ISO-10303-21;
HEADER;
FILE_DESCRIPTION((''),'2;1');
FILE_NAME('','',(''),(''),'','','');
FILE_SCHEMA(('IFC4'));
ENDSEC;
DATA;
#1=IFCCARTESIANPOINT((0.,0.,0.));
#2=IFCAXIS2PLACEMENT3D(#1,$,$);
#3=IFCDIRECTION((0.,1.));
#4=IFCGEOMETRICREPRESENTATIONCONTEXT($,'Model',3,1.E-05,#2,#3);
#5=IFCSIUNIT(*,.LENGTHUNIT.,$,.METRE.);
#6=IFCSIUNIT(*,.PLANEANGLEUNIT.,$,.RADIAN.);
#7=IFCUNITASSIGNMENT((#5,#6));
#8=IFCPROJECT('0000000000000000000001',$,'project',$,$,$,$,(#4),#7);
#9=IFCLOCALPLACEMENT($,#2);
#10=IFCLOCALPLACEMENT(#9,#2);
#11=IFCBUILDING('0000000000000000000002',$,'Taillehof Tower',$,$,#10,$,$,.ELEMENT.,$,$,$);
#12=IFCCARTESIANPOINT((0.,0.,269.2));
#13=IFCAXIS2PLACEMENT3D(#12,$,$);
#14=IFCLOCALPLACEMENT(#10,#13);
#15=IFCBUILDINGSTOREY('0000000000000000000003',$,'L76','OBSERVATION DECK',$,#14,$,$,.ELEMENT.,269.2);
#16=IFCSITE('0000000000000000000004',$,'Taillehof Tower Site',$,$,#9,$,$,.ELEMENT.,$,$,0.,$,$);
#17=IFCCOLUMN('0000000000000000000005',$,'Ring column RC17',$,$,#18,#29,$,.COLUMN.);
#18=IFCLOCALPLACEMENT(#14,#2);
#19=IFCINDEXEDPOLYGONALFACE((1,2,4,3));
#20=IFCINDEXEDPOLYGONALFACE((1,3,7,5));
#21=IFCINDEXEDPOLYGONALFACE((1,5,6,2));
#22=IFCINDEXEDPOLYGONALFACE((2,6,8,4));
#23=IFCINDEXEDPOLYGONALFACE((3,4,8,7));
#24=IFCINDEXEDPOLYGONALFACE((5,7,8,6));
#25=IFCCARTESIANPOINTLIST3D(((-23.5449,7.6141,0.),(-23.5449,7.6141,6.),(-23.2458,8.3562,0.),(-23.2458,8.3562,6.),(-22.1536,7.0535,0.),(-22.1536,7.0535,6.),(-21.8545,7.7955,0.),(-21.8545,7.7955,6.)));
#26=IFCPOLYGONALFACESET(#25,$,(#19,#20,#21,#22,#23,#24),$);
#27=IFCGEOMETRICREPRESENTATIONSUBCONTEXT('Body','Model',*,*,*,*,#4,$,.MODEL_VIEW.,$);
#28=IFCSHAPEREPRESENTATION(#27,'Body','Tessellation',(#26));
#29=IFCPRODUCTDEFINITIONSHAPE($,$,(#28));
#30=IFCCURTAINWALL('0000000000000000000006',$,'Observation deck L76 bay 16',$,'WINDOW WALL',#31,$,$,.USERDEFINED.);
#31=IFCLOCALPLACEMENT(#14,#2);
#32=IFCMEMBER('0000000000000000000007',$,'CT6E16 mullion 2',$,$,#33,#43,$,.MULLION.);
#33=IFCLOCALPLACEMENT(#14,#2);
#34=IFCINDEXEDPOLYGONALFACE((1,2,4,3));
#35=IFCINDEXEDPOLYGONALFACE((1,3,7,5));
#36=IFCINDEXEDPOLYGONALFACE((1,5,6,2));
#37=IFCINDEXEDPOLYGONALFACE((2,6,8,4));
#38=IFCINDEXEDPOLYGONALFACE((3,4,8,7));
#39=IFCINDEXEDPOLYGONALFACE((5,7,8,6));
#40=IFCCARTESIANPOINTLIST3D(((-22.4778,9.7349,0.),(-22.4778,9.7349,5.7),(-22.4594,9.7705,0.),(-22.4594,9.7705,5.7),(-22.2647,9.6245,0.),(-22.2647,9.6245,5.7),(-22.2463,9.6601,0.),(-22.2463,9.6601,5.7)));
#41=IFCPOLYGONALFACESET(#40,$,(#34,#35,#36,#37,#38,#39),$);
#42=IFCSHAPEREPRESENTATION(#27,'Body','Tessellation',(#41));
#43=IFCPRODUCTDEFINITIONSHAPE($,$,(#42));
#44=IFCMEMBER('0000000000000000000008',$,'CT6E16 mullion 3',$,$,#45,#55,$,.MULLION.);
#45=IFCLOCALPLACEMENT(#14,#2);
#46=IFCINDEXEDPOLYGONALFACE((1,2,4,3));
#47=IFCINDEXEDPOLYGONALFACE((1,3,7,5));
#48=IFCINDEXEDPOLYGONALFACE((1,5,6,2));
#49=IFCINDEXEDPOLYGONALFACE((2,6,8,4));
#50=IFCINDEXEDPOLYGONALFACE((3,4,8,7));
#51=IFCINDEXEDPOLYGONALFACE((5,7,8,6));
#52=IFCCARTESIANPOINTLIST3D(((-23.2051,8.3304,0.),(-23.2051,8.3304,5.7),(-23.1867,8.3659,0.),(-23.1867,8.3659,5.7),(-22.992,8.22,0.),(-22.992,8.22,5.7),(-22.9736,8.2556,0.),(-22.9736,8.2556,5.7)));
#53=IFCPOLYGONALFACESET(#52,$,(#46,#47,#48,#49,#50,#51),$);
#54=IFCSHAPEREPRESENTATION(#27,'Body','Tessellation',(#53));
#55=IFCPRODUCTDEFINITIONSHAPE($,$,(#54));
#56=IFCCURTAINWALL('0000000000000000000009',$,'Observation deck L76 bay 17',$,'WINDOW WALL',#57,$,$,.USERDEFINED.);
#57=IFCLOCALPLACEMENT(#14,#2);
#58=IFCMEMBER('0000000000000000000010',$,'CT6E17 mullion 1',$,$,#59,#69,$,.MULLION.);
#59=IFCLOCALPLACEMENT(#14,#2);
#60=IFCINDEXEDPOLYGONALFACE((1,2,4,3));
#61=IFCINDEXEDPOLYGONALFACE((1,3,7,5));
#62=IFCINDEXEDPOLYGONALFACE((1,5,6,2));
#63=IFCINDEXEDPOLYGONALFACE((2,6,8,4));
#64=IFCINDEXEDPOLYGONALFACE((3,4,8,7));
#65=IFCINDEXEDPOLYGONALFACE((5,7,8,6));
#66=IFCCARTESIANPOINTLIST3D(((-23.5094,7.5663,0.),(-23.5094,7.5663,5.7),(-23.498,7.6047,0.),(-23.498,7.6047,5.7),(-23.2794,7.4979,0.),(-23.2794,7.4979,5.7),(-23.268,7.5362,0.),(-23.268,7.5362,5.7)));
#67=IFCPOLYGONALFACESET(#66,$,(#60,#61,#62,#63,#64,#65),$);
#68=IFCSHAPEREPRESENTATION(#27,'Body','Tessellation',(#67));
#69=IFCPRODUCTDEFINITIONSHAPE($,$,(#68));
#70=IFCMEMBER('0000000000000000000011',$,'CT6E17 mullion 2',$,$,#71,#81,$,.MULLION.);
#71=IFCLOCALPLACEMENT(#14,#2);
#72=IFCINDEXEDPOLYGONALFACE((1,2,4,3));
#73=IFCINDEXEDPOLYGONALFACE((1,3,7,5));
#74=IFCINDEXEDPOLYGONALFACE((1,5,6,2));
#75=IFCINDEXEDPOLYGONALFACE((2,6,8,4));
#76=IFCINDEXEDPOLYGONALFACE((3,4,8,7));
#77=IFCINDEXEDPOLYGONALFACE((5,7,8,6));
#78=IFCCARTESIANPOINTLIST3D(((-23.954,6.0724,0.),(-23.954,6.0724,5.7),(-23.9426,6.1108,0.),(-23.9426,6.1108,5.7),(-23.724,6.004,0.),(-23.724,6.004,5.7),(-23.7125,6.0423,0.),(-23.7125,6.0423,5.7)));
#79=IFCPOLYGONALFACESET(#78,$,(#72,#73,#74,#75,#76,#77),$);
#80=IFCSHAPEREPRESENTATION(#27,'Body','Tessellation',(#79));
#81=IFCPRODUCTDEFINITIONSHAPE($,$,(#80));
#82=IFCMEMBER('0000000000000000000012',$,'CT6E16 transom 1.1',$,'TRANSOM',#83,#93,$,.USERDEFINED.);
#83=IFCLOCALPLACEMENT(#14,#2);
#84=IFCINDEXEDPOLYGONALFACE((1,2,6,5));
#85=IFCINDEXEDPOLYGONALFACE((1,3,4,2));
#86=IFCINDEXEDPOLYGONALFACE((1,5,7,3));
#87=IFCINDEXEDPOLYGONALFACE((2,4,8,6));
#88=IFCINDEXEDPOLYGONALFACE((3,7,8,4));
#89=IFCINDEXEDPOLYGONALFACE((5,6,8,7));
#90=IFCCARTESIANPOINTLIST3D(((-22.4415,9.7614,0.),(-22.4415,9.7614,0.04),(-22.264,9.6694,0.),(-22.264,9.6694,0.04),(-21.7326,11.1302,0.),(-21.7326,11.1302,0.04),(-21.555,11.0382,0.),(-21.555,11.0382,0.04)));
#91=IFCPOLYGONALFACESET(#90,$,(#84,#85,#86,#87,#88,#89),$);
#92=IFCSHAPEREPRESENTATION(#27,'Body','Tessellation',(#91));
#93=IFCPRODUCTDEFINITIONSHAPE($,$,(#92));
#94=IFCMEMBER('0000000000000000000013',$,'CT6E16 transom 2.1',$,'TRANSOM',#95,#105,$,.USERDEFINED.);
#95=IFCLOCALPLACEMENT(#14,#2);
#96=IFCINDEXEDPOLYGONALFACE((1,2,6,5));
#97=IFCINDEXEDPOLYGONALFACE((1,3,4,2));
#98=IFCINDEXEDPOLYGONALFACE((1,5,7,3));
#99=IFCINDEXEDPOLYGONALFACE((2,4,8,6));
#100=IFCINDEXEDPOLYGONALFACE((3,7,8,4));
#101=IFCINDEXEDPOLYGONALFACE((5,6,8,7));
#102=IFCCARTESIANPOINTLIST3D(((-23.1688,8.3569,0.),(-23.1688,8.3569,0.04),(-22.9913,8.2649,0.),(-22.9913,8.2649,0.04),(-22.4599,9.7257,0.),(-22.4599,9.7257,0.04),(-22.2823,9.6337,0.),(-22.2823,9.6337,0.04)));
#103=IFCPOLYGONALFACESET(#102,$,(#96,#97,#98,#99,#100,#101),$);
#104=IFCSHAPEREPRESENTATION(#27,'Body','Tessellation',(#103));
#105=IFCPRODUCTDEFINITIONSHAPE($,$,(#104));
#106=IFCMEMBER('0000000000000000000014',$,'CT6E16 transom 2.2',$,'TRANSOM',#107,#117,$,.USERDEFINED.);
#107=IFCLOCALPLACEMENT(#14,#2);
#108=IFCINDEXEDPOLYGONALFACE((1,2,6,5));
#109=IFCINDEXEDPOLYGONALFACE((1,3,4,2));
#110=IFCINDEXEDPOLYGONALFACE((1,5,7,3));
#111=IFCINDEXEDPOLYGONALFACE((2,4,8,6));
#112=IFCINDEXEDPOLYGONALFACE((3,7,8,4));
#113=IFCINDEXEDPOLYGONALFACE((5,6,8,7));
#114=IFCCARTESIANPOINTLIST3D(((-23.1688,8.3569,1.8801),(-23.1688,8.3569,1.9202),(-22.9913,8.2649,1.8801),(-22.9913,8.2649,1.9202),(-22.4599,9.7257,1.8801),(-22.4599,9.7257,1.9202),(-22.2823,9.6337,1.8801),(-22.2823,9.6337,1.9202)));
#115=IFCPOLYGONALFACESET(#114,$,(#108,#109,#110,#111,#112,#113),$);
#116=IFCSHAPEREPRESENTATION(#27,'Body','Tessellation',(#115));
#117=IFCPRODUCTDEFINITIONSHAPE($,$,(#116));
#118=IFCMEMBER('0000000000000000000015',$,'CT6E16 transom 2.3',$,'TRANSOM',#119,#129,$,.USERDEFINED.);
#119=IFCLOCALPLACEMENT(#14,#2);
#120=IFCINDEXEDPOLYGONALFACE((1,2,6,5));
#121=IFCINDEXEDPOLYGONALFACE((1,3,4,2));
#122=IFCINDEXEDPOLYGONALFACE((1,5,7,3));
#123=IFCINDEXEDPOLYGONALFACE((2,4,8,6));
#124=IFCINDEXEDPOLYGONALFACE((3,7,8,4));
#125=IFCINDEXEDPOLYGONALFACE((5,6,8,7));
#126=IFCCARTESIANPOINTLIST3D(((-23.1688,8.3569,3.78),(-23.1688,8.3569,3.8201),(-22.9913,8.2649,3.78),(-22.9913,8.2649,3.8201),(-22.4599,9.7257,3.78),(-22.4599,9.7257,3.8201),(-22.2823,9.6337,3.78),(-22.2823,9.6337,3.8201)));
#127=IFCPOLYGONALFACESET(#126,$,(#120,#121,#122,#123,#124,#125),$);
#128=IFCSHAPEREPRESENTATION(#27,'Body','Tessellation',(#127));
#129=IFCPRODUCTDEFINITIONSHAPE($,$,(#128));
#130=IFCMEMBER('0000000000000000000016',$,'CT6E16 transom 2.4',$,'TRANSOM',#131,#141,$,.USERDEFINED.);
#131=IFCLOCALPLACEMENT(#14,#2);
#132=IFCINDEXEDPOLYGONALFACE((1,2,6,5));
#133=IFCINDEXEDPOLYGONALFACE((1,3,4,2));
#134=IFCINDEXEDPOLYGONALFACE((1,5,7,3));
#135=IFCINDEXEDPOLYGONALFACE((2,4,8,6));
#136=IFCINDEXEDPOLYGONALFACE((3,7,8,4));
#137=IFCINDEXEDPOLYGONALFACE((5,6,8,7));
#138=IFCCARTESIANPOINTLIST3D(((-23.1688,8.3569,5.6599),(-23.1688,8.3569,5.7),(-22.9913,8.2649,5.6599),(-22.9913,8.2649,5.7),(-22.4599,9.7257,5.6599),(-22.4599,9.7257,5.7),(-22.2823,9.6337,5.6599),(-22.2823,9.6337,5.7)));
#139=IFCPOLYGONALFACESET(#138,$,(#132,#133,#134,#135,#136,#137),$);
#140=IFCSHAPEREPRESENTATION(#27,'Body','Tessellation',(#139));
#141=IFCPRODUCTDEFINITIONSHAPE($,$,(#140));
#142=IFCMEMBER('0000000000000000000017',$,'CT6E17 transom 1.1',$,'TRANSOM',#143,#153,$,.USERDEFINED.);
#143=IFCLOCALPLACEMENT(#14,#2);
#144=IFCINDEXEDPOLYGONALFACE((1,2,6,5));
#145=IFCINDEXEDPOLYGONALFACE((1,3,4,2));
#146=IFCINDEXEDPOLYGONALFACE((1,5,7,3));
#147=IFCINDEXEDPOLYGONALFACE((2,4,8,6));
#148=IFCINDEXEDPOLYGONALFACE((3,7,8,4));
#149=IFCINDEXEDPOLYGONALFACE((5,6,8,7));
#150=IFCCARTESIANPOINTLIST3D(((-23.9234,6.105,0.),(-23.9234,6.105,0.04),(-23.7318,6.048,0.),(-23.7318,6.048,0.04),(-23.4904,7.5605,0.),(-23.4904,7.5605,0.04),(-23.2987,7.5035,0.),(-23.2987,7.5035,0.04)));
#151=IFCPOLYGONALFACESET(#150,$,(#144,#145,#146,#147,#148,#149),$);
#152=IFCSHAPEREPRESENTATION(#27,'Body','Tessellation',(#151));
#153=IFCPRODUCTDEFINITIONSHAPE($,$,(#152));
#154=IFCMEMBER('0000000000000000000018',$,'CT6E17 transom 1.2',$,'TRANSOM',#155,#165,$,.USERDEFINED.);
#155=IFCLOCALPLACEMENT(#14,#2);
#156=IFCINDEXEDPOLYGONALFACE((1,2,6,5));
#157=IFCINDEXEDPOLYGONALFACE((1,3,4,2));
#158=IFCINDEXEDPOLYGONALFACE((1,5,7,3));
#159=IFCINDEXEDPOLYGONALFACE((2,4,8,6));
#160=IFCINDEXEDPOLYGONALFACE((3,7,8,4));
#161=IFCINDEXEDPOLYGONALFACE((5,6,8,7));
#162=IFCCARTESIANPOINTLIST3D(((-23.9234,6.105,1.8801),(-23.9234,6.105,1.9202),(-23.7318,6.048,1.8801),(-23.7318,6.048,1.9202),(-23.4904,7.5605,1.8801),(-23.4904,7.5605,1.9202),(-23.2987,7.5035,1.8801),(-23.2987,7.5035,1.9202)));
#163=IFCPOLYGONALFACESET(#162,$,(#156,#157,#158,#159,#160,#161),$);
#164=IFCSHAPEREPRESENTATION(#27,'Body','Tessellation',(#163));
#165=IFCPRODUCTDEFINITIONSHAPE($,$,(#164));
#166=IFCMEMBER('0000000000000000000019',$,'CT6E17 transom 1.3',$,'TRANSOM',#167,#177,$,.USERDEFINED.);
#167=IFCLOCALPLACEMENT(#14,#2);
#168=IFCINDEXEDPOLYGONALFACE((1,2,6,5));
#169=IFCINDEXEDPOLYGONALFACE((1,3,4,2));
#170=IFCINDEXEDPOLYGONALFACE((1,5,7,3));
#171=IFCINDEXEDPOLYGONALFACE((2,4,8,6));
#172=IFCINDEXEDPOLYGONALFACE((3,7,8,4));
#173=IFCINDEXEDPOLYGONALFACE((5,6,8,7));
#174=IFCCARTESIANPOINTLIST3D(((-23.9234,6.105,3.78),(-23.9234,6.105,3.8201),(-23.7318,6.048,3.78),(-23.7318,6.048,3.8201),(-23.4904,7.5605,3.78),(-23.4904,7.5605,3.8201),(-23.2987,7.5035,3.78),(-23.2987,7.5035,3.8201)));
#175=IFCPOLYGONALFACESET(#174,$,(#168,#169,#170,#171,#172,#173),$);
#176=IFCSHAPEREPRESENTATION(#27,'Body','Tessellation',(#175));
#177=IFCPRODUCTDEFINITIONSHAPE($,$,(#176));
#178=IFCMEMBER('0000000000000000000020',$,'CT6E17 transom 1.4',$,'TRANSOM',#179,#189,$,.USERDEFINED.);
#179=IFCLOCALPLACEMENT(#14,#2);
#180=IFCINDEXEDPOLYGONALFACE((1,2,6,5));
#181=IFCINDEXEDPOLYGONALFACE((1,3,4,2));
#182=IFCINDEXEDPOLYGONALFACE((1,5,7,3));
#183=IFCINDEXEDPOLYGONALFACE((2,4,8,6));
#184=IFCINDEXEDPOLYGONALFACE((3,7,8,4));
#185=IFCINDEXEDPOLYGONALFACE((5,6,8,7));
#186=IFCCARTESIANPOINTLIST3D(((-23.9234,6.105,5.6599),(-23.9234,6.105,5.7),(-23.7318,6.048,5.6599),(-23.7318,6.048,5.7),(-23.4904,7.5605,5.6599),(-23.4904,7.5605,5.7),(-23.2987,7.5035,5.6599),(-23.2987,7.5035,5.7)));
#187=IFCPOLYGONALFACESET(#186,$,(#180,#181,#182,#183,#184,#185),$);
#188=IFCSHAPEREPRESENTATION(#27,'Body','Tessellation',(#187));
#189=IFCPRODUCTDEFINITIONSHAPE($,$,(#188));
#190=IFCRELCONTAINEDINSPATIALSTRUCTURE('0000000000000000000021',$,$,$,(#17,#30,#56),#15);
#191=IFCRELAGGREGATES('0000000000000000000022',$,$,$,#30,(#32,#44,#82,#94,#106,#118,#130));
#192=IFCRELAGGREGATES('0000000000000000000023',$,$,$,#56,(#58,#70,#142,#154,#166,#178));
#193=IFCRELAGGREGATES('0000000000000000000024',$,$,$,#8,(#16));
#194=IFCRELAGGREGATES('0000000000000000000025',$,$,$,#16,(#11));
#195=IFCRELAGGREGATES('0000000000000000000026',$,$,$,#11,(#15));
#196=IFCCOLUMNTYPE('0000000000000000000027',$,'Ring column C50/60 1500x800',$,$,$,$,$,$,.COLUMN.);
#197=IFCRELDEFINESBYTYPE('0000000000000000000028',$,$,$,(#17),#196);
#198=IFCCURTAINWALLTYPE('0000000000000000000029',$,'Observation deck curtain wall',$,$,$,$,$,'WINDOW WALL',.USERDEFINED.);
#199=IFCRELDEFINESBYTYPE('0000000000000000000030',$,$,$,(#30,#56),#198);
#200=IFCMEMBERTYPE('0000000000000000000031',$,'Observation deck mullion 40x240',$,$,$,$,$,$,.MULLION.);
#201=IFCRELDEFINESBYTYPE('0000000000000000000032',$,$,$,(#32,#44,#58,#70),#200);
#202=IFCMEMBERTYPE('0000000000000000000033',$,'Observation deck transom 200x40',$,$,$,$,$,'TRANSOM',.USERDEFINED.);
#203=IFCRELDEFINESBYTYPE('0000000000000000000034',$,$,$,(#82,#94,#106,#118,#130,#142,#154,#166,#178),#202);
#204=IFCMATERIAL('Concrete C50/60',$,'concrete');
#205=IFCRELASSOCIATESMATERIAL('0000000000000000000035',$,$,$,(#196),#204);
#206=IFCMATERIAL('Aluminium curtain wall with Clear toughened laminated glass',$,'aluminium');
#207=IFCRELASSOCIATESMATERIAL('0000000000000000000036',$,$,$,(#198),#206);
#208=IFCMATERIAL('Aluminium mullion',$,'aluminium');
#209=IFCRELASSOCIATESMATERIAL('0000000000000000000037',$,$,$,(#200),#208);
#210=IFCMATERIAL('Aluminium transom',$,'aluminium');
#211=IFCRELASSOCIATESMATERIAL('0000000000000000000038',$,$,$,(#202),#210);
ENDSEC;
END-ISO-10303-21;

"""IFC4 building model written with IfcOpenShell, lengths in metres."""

from ifc_helpers import new_model, si_unit, direction, frame, origin, origin_2d, place, context, subcontext, project, spatial, rectangle, extrude, material, material_profile, profile_set, type_object, element, aggregate, save


model = new_model("IFC4")

# Units and contexts
model_context = context("Model", 3, precision=1e-05, world=origin(), true_north=direction((0.0, 1.0)))
body_context = subcontext(model_context, "Body", "Model", "MODEL_VIEW")
ifc_project = project(units=[si_unit("LENGTHUNIT", "METRE"), si_unit("PLANEANGLEUNIT", "RADIAN")], contexts=[model_context])

# Site, building, storey
site_placement = place(None, origin())
site = spatial("IfcSite", under=ifc_project, at=site_placement, Name="Taillehof Tower Site", CompositionType="ELEMENT", RefElevation=0.0)
building_placement = place(site_placement, origin())
building = spatial("IfcBuilding", under=site, at=building_placement, Name="Taillehof Tower", CompositionType="ELEMENT")
storey_placement = place(building_placement, frame((0.0, 0.0, 269.2)))
storey = spatial("IfcBuildingStorey", under=building, at=storey_placement, Name="L76", Description="OBSERVATION DECK", CompositionType="ELEMENT", Elevation=269.2)

# Column
ifc_material_1 = material(Name="Concrete C50/60", Category="concrete")
ifc_material_profile_1 = material_profile(ifc_material_1, rectangle(XDim=1.5, YDim=0.8, at=origin_2d()), Name="RC 1500x800")
ifc_profile_set_1 = profile_set([ifc_material_profile_1], Name="Concrete C50/60")
column_type = type_object("IfcColumnType", Name="Ring column C50/60 1500x800", PredefinedType="COLUMN", material=ifc_profile_set_1)
column_placement = place(storey_placement, frame((-22.6997, 7.7048, 0.0), z_axis=(0.0, 0.0, 1.0), x_axis=(-0.927525, 0.373762, 0.0)))
element("IfcColumn", 1, at=column_placement, inside=storey, type_object=column_type, Name="Ring column RC17", PredefinedType="COLUMN", context=body_context, shape_type="SweptSolid", body=[
    extrude(rectangle(XDim=1.5, YDim=0.8, at=origin_2d()), origin(), (0.0, 0.0, 1.0), 6.0),
])

# Curtain walls, members
ifc_material_2 = material(Name="Aluminium curtain wall with Clear toughened laminated glass", Category="aluminium")
curtain_wall_type = type_object("IfcCurtainWallType", Name="Observation deck curtain wall", ElementType="WINDOW WALL", PredefinedType="USERDEFINED", material=ifc_material_2)
curtain_wall_1_placement = place(storey_placement, origin())
curtain_wall_1 = element("IfcCurtainWall", 2, at=curtain_wall_1_placement, inside=storey, type_object=curtain_wall_type, Name="Observation deck L76 bay 16", ObjectType="WINDOW WALL", PredefinedType="USERDEFINED")
ifc_material_3 = material(Name="Aluminium mullion", Category="aluminium")
ifc_material_profile_2 = material_profile(ifc_material_3, rectangle(XDim=0.24, YDim=0.04, at=origin_2d()), Name="AL 40x240")
ifc_profile_set_2 = profile_set([ifc_material_profile_2], Name="Aluminium mullion")
member_type_1 = type_object("IfcMemberType", Name="Observation deck mullion 40x240", PredefinedType="MULLION", material=ifc_profile_set_2)
member_1_placement = place(storey_placement, frame((-22.3621, 9.6975, 0.0), z_axis=(0.0, 0.0, 1.0), x_axis=(0.887975, -0.459891, 0.0)))
member_1 = element("IfcMember", 3, at=member_1_placement, type_object=member_type_1, Name="CT6E16 mullion 2", PredefinedType="MULLION", context=body_context, shape_type="SweptSolid", body=[
    extrude(rectangle(XDim=0.24, YDim=0.04, at=origin_2d()), origin(), (0.0, 0.0, 1.0), 5.7),
])
member_2_placement = place(storey_placement, frame((-23.0894, 8.293, 0.0), z_axis=(0.0, 0.0, 1.0), x_axis=(0.887975, -0.459891, 0.0)))
member_2 = element("IfcMember", 4, at=member_2_placement, type_object=member_type_1, Name="CT6E16 mullion 3", PredefinedType="MULLION", context=body_context, shape_type="SweptSolid", body=[
    extrude(rectangle(XDim=0.24, YDim=0.04, at=origin_2d()), origin(), (0.0, 0.0, 1.0), 5.7),
])
curtain_wall_2_placement = place(storey_placement, origin())
curtain_wall_2 = element("IfcCurtainWall", 5, at=curtain_wall_2_placement, inside=storey, type_object=curtain_wall_type, Name="Observation deck L76 bay 17", ObjectType="WINDOW WALL", PredefinedType="USERDEFINED")
member_3_placement = place(storey_placement, frame((-23.3887, 7.5513, 0.0), z_axis=(0.0, 0.0, 1.0), x_axis=(0.958457, -0.285236, 0.0)))
member_3 = element("IfcMember", 6, at=member_3_placement, type_object=member_type_1, Name="CT6E17 mullion 1", PredefinedType="MULLION", context=body_context, shape_type="SweptSolid", body=[
    extrude(rectangle(XDim=0.24, YDim=0.04, at=origin_2d()), origin(), (0.0, 0.0, 1.0), 5.7),
])
member_4_placement = place(storey_placement, frame((-23.8333, 6.0574, 0.0), z_axis=(0.0, 0.0, 1.0), x_axis=(0.958457, -0.285236, 0.0)))
member_4 = element("IfcMember", 7, at=member_4_placement, type_object=member_type_1, Name="CT6E17 mullion 2", PredefinedType="MULLION", context=body_context, shape_type="SweptSolid", body=[
    extrude(rectangle(XDim=0.24, YDim=0.04, at=origin_2d()), origin(), (0.0, 0.0, 1.0), 5.7),
])

# Members
ifc_material_4 = material(Name="Aluminium transom", Category="aluminium")
ifc_material_profile_3 = material_profile(ifc_material_4, rectangle(XDim=0.2, YDim=0.04, at=origin_2d()), Name="AL 200x40")
ifc_profile_set_3 = profile_set([ifc_material_profile_3], Name="Aluminium transom")
member_type_2 = type_object("IfcMemberType", Name="Observation deck transom 200x40", ElementType="TRANSOM", PredefinedType="USERDEFINED", material=ifc_profile_set_3)
member_5_placement = place(storey_placement, frame((-21.6438, 11.0842, 0.02), z_axis=(-0.459901, -0.88797, 0.0), x_axis=(0.88797, -0.459901, 0.0)))
member_5 = element("IfcMember", 8, at=member_5_placement, type_object=member_type_2, Name="CT6E16 transom 1.1", ObjectType="TRANSOM", PredefinedType="USERDEFINED", context=body_context, shape_type="SweptSolid", body=[
    extrude(rectangle(XDim=0.2, YDim=0.04, at=origin_2d()), origin(), (0.0, 0.0, 1.0), 1.5415),
])
member_6_placement = place(storey_placement, frame((-22.3711, 9.6797, 0.02), z_axis=(-0.459901, -0.88797, 0.0), x_axis=(0.88797, -0.459901, 0.0)))
member_6 = element("IfcMember", 9, at=member_6_placement, type_object=member_type_2, Name="CT6E16 transom 2.1", ObjectType="TRANSOM", PredefinedType="USERDEFINED", context=body_context, shape_type="SweptSolid", body=[
    extrude(rectangle(XDim=0.2, YDim=0.04, at=origin_2d()), origin(), (0.0, 0.0, 1.0), 1.5415),
])
member_7_placement = place(storey_placement, frame((-22.3711, 9.6797, 1.9001), z_axis=(-0.459901, -0.88797, 0.0), x_axis=(0.88797, -0.459901, 0.0)))
member_7 = element("IfcMember", 10, at=member_7_placement, type_object=member_type_2, Name="CT6E16 transom 2.2", ObjectType="TRANSOM", PredefinedType="USERDEFINED", context=body_context, shape_type="SweptSolid", body=[
    extrude(rectangle(XDim=0.2, YDim=0.04, at=origin_2d()), origin(), (0.0, 0.0, 1.0), 1.5415),
])
member_8_placement = place(storey_placement, frame((-22.3711, 9.6797, 3.8), z_axis=(-0.459901, -0.88797, 0.0), x_axis=(0.88797, -0.459901, 0.0)))
member_8 = element("IfcMember", 11, at=member_8_placement, type_object=member_type_2, Name="CT6E16 transom 2.3", ObjectType="TRANSOM", PredefinedType="USERDEFINED", context=body_context, shape_type="SweptSolid", body=[
    extrude(rectangle(XDim=0.2, YDim=0.04, at=origin_2d()), origin(), (0.0, 0.0, 1.0), 1.5415),
])
member_9_placement = place(storey_placement, frame((-22.3711, 9.6797, 5.6799), z_axis=(-0.459901, -0.88797, 0.0), x_axis=(0.88797, -0.459901, 0.0)))
member_9 = element("IfcMember", 12, at=member_9_placement, type_object=member_type_2, Name="CT6E16 transom 2.4", ObjectType="TRANSOM", PredefinedType="USERDEFINED", context=body_context, shape_type="SweptSolid", body=[
    extrude(rectangle(XDim=0.2, YDim=0.04, at=origin_2d()), origin(), (0.0, 0.0, 1.0), 1.5415),
])
member_10_placement = place(storey_placement, frame((-23.3945, 7.532, 0.02), z_axis=(-0.285194, -0.95847, 0.0), x_axis=(0.95847, -0.285194, 0.0)))
member_10 = element("IfcMember", 13, at=member_10_placement, type_object=member_type_2, Name="CT6E17 transom 1.1", ObjectType="TRANSOM", PredefinedType="USERDEFINED", context=body_context, shape_type="SweptSolid", body=[
    extrude(rectangle(XDim=0.2, YDim=0.04, at=origin_2d()), origin(), (0.0, 0.0, 1.0), 1.5186),
])
member_11_placement = place(storey_placement, frame((-23.3945, 7.532, 1.9001), z_axis=(-0.285194, -0.95847, 0.0), x_axis=(0.95847, -0.285194, 0.0)))
member_11 = element("IfcMember", 14, at=member_11_placement, type_object=member_type_2, Name="CT6E17 transom 1.2", ObjectType="TRANSOM", PredefinedType="USERDEFINED", context=body_context, shape_type="SweptSolid", body=[
    extrude(rectangle(XDim=0.2, YDim=0.04, at=origin_2d()), origin(), (0.0, 0.0, 1.0), 1.5186),
])
member_12_placement = place(storey_placement, frame((-23.3945, 7.532, 3.8), z_axis=(-0.285194, -0.95847, 0.0), x_axis=(0.95847, -0.285194, 0.0)))
member_12 = element("IfcMember", 15, at=member_12_placement, type_object=member_type_2, Name="CT6E17 transom 1.3", ObjectType="TRANSOM", PredefinedType="USERDEFINED", context=body_context, shape_type="SweptSolid", body=[
    extrude(rectangle(XDim=0.2, YDim=0.04, at=origin_2d()), origin(), (0.0, 0.0, 1.0), 1.5186),
])
member_13_placement = place(storey_placement, frame((-23.3945, 7.532, 5.6799), z_axis=(-0.285194, -0.95847, 0.0), x_axis=(0.95847, -0.285194, 0.0)))
member_13 = element("IfcMember", 16, at=member_13_placement, type_object=member_type_2, Name="CT6E17 transom 1.4", ObjectType="TRANSOM", PredefinedType="USERDEFINED", context=body_context, shape_type="SweptSolid", body=[
    extrude(rectangle(XDim=0.2, YDim=0.04, at=origin_2d()), origin(), (0.0, 0.0, 1.0), 1.5186),
])

aggregate(curtain_wall_1, [member_1, member_2, member_5, member_6, member_7, member_8, member_9])
aggregate(curtain_wall_2, [member_3, member_4, member_10, member_11, member_12, member_13])

save(model, "model.ifc")
